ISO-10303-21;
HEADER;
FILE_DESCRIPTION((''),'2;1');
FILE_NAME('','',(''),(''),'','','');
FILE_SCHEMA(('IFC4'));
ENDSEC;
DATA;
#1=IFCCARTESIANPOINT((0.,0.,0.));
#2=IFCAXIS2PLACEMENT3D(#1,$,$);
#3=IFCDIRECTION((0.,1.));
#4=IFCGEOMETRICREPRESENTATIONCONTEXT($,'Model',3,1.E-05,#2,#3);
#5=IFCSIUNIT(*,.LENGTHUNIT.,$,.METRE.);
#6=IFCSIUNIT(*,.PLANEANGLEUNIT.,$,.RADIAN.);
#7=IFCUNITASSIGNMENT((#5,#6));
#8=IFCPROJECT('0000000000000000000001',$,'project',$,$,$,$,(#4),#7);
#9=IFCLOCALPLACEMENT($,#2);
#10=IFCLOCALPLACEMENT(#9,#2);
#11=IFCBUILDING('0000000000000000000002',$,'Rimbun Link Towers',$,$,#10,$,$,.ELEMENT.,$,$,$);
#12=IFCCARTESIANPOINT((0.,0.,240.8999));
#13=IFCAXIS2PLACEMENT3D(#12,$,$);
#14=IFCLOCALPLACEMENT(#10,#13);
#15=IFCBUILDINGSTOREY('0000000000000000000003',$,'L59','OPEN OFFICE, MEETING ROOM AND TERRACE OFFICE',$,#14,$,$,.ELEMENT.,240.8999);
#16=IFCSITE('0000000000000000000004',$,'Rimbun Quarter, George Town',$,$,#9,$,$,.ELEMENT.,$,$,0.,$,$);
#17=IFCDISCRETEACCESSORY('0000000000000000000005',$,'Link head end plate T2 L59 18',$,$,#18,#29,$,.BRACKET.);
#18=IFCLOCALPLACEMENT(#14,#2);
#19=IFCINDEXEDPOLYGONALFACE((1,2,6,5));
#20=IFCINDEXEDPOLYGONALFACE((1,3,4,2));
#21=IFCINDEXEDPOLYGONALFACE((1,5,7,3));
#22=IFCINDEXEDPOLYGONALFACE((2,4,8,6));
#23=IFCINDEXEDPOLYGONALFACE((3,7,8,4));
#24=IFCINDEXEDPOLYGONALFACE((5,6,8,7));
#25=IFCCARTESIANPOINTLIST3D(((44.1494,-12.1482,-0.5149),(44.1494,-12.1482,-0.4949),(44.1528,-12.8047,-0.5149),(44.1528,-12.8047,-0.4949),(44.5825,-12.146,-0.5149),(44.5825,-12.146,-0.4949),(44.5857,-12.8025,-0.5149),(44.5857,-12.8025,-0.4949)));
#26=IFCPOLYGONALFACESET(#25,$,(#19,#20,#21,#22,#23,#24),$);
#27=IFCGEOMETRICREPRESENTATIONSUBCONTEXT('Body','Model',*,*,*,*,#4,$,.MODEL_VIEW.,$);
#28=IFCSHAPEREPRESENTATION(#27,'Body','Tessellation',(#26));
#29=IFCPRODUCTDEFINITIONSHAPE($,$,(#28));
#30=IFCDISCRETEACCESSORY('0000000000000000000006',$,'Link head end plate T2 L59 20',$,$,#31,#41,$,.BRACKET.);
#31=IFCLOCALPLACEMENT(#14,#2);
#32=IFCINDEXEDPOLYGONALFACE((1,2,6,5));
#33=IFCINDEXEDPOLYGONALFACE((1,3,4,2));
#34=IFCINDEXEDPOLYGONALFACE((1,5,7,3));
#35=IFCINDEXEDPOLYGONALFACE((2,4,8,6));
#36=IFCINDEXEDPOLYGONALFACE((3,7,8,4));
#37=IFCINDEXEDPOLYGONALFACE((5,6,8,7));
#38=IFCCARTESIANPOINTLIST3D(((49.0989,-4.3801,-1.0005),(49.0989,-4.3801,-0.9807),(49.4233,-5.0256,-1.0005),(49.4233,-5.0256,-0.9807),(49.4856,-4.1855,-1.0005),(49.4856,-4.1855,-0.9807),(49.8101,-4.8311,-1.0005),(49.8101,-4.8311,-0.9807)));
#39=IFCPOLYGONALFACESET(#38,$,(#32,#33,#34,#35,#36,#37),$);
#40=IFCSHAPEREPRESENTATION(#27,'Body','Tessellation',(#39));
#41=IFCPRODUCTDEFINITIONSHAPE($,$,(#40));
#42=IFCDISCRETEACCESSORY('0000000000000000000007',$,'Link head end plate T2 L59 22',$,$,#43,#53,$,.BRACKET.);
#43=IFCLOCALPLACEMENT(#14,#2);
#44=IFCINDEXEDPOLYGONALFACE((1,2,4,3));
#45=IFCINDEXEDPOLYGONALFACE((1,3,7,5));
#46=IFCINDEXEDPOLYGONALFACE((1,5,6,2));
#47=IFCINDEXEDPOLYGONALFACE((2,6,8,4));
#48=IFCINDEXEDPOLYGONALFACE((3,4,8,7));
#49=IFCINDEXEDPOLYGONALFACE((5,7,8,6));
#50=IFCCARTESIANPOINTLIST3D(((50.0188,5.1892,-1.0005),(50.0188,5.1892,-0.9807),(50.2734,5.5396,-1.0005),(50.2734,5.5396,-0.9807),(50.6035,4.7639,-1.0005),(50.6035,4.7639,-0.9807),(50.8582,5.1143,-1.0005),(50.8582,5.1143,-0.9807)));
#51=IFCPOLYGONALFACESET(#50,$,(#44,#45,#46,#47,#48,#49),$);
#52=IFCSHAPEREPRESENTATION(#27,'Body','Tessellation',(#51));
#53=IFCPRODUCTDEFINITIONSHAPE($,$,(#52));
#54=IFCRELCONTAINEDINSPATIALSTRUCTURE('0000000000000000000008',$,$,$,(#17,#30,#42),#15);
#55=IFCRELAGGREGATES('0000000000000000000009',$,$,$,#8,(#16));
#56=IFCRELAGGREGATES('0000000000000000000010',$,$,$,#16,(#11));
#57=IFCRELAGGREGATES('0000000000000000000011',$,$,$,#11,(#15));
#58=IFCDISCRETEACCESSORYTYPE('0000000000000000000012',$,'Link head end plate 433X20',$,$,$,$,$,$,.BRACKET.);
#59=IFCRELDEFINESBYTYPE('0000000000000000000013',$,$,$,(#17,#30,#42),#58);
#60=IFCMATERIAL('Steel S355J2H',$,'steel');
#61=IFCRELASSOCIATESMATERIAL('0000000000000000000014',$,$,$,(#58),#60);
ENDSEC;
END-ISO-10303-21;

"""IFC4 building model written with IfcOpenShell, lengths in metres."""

from ifc_helpers import new_model, si_unit, direction, frame, origin, origin_2d, place, context, subcontext, project, spatial, polyline, rectangle, outline, extrude, material, material_profile, profile_set, type_object, element, save


model = new_model("IFC4")

# Units and contexts
model_context = context("Model", 3, precision=1e-05, world=origin(), true_north=direction((0.0, 1.0)))
body_context = subcontext(model_context, "Body", "Model", "MODEL_VIEW")
ifc_project = project(units=[si_unit("LENGTHUNIT", "METRE"), si_unit("PLANEANGLEUNIT", "RADIAN")], contexts=[model_context])

# Site, building, storey
site_placement = place(None, origin())
site = spatial("IfcSite", under=ifc_project, at=site_placement, Name="Rimbun Quarter, George Town", CompositionType="ELEMENT", RefElevation=0.0)
building_placement = place(site_placement, origin())
building = spatial("IfcBuilding", under=site, at=building_placement, Name="Rimbun Link Towers", CompositionType="ELEMENT")
storey_placement = place(building_placement, frame((0.0, 0.0, 240.8999)))
storey = spatial("IfcBuildingStorey", under=building, at=storey_placement, Name="L59", Description="OPEN OFFICE, MEETING ROOM AND TERRACE OFFICE", CompositionType="ELEMENT", Elevation=240.8999)

# Discrete accessories
ifc_material_1 = material(Name="Steel S355J2H", Category="steel")
ifc_material_profile_1 = material_profile(ifc_material_1, rectangle(XDim=0.4331, YDim=0.4331, at=origin_2d()), Name="PL 433x433")
ifc_profile_set_1 = profile_set([ifc_material_profile_1], Name="Steel S355J2H")
discrete_accessory_type_1 = type_object("IfcDiscreteAccessoryType", Name="Link head end plate 433X20", PredefinedType="BRACKET", material=ifc_profile_set_1)
discrete_accessory_1_placement = place(storey_placement, frame((0.0, 0.0, -0.5149)))
element("IfcDiscreteAccessory", 1, at=discrete_accessory_1_placement, inside=storey, type_object=discrete_accessory_type_1, Name="Link head end plate T2 L59 18", PredefinedType="BRACKET", context=body_context, shape_type="SweptSolid", body=[
    extrude(outline(polyline([(44.1494, -12.1482), (44.1528, -12.8047), (44.5857, -12.8025), (44.5825, -12.146), (44.1494, -12.1482)])), origin(), (0.0, 0.0, 1.0), 0.02),
])
discrete_accessory_2_placement = place(storey_placement, frame((0.0, 0.0, -1.0005)))
element("IfcDiscreteAccessory", 2, at=discrete_accessory_2_placement, inside=storey, type_object=discrete_accessory_type_1, Name="Link head end plate T2 L59 20", PredefinedType="BRACKET", context=body_context, shape_type="SweptSolid", body=[
    extrude(outline(polyline([(49.0989, -4.3801), (49.4233, -5.0256), (49.8101, -4.8311), (49.4856, -4.1855), (49.0989, -4.3801)])), origin(), (0.0, 0.0, 1.0), 0.0198),
])
discrete_accessory_3_placement = place(storey_placement, frame((0.0, 0.0, -1.0005)))
element("IfcDiscreteAccessory", 3, at=discrete_accessory_3_placement, inside=storey, type_object=discrete_accessory_type_1, Name="Link head end plate T2 L59 22", PredefinedType="BRACKET", context=body_context, shape_type="SweptSolid", body=[
    extrude(outline(polyline([(50.0188, 5.1892), (50.6035, 4.7639), (50.8582, 5.1143), (50.2734, 5.5396), (50.0188, 5.1892)])), origin(), (0.0, 0.0, 1.0), 0.0198),
])

save(model, "model.ifc")
